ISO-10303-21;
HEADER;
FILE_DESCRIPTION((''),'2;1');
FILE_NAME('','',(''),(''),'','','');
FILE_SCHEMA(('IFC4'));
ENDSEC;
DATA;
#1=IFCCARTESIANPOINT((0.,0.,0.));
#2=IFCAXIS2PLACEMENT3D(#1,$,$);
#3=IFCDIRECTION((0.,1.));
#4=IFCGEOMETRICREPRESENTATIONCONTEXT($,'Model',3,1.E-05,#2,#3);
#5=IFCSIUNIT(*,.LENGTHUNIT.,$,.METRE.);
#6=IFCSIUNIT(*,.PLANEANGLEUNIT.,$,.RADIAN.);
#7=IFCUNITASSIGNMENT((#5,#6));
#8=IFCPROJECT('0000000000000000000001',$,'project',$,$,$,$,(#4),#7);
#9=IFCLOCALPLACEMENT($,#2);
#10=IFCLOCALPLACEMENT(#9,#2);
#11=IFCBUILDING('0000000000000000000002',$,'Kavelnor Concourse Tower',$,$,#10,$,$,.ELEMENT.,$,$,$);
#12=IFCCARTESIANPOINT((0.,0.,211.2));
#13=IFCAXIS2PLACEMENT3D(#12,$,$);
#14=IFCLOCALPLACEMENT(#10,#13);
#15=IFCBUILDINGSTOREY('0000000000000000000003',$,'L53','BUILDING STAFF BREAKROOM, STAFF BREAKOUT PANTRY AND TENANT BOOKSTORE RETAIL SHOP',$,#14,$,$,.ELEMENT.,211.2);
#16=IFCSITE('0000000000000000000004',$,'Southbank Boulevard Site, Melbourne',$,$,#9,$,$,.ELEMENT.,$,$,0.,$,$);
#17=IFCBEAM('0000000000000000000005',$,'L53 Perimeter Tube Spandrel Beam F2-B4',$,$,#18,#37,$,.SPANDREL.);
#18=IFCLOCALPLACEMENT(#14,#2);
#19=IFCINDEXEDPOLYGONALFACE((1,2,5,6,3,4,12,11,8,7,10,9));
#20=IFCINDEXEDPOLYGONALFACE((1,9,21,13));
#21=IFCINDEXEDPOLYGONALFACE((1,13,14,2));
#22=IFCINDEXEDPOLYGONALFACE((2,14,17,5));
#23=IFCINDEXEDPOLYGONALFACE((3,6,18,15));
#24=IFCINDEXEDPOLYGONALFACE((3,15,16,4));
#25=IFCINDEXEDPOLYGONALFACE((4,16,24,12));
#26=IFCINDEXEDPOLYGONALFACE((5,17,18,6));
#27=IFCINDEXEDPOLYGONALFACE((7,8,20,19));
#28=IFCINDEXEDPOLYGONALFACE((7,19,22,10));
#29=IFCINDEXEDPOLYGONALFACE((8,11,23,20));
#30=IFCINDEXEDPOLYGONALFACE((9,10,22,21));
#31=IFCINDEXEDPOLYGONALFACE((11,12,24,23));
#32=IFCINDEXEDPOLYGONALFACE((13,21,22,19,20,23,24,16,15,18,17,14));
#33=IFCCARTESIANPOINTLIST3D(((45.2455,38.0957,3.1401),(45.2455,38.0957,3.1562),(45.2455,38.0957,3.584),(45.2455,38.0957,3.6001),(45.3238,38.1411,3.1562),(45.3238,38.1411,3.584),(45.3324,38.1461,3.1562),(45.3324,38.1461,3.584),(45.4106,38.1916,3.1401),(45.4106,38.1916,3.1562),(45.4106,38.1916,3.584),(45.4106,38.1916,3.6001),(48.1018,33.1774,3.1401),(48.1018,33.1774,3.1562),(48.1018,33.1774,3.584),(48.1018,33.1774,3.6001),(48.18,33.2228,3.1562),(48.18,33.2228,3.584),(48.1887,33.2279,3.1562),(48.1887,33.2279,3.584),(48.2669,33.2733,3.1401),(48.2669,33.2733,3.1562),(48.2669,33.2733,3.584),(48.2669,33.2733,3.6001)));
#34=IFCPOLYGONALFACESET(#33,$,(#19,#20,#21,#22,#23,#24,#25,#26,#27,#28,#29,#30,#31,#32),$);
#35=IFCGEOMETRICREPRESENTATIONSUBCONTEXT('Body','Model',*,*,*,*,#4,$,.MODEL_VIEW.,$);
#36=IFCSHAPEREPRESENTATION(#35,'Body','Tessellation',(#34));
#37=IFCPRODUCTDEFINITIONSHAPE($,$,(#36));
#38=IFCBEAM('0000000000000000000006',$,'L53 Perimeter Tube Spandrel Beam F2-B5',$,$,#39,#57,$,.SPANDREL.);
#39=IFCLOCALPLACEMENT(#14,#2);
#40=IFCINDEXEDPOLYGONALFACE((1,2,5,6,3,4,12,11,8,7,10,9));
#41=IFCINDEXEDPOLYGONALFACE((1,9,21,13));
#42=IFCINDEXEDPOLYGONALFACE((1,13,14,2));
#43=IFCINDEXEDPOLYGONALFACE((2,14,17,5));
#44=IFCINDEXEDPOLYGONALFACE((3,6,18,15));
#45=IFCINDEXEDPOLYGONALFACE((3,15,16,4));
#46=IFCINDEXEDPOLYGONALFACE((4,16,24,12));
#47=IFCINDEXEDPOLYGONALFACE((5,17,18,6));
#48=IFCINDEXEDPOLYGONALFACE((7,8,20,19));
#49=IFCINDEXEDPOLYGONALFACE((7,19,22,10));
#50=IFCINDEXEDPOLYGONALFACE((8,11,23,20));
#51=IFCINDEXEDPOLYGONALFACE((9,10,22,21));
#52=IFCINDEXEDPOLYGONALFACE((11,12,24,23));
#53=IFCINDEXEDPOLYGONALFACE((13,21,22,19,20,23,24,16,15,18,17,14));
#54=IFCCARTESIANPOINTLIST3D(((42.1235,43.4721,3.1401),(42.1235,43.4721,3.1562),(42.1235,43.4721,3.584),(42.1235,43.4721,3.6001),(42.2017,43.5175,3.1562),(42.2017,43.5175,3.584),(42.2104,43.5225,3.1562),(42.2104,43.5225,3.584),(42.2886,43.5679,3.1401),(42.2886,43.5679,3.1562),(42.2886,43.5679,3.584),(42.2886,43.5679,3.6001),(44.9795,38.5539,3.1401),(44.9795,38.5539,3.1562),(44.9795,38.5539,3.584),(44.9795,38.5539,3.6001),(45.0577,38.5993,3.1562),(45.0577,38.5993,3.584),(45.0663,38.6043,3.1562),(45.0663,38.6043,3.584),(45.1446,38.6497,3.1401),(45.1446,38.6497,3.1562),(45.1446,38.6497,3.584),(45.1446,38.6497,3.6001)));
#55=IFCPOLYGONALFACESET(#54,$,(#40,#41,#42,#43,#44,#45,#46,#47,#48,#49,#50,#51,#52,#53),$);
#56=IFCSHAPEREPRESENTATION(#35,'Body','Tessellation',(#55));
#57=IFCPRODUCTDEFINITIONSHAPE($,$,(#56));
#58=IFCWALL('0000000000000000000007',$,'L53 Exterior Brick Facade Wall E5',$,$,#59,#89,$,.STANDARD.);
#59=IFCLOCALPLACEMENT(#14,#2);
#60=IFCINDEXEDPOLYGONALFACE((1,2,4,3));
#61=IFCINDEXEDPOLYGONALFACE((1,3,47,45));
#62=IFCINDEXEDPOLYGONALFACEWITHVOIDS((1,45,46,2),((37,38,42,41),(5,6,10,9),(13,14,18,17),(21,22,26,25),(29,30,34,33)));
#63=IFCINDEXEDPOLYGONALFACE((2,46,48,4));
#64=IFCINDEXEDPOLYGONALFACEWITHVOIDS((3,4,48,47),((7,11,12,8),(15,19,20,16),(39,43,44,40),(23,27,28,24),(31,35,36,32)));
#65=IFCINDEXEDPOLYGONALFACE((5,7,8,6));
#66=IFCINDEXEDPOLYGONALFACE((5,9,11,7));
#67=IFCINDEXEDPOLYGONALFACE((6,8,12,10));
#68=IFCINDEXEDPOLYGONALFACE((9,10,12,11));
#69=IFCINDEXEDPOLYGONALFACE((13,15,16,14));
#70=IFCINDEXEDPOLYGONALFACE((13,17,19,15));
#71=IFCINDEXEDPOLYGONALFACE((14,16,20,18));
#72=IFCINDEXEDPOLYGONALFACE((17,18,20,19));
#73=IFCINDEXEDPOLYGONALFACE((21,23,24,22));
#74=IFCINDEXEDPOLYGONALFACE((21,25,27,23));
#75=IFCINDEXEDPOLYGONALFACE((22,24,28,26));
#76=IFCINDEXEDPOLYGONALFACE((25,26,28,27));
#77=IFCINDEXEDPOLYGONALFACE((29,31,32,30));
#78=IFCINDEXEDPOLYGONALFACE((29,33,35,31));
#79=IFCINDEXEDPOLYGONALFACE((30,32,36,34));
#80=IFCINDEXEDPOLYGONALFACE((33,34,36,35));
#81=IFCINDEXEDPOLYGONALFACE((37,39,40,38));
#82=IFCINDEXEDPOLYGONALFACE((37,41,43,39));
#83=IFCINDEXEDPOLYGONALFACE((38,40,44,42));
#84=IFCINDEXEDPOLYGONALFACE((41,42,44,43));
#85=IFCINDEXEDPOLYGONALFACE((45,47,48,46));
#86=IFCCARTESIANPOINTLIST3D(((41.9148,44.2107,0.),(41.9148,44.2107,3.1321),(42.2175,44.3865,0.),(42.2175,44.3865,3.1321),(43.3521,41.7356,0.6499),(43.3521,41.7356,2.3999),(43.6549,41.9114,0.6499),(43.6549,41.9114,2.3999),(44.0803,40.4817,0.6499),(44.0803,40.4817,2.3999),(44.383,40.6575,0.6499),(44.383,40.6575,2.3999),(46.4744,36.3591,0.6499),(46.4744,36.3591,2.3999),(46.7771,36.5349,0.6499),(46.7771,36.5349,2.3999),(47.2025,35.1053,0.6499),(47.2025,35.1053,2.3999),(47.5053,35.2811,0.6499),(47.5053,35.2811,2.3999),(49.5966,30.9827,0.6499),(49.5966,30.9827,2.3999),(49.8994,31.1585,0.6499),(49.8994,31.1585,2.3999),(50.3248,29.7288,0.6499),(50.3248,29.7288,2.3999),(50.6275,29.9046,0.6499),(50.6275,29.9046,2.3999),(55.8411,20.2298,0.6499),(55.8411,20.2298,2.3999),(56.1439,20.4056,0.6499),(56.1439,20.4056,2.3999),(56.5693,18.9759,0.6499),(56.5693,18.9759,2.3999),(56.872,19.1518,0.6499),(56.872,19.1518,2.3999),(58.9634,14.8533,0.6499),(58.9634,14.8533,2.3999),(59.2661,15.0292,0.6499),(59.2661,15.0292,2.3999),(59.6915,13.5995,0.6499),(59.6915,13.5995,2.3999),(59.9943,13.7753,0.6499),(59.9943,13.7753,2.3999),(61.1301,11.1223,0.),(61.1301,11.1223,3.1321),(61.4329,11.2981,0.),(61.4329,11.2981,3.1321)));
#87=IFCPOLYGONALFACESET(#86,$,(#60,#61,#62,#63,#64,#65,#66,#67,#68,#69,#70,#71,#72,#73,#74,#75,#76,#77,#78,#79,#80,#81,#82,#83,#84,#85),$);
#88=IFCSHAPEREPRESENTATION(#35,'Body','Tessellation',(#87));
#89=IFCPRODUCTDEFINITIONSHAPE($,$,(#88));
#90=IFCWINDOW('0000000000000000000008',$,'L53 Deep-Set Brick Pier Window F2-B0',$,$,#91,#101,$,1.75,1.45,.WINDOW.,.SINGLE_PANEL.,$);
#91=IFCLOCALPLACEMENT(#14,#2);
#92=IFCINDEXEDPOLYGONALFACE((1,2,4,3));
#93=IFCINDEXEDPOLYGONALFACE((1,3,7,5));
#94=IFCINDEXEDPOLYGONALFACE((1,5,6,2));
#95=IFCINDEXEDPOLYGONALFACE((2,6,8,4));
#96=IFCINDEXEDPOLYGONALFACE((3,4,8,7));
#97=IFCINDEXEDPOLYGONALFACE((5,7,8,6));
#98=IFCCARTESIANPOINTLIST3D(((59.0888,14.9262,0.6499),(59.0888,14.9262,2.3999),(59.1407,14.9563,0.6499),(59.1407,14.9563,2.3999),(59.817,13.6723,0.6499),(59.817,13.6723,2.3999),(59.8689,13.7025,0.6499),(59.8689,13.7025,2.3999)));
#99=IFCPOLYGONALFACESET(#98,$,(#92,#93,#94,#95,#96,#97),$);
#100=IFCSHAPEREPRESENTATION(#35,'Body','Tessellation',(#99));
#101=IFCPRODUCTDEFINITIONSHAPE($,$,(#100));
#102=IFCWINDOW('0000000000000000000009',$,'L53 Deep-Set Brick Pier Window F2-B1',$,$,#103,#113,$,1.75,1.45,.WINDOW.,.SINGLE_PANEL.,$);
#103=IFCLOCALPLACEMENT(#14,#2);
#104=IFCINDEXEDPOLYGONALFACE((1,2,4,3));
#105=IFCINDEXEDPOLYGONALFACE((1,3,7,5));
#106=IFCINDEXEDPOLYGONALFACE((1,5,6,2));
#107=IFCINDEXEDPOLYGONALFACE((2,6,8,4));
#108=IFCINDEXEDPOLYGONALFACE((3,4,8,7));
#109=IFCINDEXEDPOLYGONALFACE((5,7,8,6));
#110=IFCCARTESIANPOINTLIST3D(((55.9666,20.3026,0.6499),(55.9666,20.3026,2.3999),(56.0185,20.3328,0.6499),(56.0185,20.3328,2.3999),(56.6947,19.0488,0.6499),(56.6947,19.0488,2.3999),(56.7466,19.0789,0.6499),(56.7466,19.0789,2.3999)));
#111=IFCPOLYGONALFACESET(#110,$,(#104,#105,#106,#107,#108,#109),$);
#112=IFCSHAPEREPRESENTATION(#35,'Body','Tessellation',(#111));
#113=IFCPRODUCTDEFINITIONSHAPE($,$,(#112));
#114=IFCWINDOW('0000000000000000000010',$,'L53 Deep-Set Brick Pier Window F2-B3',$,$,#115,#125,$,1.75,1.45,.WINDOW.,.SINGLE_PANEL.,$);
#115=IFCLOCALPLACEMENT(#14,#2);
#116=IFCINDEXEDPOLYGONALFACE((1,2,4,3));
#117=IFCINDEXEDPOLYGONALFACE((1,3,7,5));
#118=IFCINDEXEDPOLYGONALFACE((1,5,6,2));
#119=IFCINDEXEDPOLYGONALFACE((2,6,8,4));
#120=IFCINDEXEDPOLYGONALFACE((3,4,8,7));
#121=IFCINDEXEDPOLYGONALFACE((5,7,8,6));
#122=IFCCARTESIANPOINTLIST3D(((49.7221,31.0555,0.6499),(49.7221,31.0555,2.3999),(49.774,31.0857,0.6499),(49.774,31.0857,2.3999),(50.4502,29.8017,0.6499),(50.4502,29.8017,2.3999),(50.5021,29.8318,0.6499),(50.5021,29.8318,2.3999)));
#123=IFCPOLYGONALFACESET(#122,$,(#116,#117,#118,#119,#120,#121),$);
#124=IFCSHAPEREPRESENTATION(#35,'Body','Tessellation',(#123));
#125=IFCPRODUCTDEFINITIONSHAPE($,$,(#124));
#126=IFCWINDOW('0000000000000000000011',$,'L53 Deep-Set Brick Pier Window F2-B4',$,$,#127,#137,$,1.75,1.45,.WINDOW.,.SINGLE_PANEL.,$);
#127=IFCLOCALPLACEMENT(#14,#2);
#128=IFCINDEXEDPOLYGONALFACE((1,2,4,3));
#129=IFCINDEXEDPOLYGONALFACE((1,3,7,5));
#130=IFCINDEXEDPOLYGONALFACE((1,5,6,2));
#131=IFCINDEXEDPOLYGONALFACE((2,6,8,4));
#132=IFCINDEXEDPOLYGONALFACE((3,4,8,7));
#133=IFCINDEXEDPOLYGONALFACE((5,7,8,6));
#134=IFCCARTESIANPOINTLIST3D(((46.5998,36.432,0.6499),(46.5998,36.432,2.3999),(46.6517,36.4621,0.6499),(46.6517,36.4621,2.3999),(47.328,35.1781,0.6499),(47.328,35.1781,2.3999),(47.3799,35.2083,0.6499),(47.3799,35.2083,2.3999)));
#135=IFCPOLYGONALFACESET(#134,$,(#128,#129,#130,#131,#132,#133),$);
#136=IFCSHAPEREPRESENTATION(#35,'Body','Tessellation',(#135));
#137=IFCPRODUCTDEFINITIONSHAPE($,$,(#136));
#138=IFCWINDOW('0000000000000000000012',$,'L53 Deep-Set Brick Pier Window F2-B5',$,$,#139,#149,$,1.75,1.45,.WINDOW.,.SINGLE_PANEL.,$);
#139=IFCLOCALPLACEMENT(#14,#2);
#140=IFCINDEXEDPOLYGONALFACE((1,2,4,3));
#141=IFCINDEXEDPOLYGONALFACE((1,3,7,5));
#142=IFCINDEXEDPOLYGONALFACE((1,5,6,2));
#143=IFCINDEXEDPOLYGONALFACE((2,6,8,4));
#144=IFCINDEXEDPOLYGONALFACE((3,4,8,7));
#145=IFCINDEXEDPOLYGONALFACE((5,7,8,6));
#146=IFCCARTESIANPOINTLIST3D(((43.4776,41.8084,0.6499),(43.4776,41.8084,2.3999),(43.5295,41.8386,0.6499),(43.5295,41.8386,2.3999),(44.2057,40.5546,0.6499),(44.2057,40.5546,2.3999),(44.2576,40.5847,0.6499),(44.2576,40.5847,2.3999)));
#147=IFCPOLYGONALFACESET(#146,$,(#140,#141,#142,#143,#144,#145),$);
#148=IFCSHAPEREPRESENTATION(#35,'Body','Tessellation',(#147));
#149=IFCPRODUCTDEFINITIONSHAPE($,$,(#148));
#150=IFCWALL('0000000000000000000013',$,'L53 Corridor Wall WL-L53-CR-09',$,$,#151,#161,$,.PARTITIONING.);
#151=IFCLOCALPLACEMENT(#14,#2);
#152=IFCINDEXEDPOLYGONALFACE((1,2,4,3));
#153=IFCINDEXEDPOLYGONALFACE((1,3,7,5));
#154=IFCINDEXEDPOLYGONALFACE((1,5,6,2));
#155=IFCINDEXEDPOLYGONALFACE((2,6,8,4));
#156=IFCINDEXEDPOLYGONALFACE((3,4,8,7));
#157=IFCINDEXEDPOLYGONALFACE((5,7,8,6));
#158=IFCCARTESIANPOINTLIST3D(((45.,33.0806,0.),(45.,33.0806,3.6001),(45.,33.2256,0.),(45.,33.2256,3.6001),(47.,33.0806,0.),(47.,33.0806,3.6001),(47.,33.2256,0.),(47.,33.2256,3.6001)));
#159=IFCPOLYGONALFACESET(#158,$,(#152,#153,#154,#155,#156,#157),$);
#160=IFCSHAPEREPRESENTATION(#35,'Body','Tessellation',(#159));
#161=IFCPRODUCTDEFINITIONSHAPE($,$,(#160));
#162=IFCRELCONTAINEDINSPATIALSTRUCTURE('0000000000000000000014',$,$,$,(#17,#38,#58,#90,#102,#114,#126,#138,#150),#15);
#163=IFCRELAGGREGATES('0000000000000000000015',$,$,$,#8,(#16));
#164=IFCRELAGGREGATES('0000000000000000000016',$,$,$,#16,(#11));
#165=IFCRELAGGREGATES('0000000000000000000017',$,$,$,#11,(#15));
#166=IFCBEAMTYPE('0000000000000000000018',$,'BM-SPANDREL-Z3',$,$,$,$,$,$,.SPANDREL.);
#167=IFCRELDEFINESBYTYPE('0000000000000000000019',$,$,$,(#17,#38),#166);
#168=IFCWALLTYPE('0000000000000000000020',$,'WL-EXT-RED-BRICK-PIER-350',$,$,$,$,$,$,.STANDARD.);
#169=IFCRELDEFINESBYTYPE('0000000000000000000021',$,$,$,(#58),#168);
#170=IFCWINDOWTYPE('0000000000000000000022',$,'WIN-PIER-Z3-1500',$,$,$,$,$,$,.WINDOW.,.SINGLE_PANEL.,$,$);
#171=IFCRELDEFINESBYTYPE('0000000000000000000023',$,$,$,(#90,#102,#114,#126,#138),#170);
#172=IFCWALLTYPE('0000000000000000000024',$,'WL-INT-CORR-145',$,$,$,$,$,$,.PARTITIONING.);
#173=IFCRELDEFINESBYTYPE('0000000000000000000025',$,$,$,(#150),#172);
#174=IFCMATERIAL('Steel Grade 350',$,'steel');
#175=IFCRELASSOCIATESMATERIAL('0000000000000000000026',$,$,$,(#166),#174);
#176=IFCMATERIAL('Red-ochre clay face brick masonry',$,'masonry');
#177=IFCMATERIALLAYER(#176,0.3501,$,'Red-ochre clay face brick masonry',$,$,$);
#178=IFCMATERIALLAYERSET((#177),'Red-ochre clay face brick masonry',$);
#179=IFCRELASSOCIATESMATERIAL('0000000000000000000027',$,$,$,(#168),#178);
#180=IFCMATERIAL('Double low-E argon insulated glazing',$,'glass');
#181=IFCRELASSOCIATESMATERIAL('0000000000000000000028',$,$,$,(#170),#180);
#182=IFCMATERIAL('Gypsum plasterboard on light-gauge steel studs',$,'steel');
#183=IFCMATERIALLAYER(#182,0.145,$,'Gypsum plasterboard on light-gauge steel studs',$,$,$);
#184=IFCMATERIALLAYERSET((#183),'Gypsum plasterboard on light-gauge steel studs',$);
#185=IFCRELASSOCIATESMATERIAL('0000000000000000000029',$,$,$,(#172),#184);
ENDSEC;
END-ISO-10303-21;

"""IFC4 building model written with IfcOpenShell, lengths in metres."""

from ifc_helpers import new_model, si_unit, direction, frame, frame_2d, origin, origin_2d, place, context, subcontext, project, spatial, rectangle, i_section, extrude, material, layer, layer_set, material_profile, profile_set, type_object, element, fill, save


model = new_model("IFC4")

# Units and contexts
model_context = context("Model", 3, precision=1e-05, world=origin(), true_north=direction((0.0, 1.0)))
body_context = subcontext(model_context, "Body", "Model", "MODEL_VIEW")
ifc_project = project(units=[si_unit("LENGTHUNIT", "METRE"), si_unit("PLANEANGLEUNIT", "RADIAN")], contexts=[model_context])

# Site, building, storey
site_placement = place(None, origin())
site = spatial("IfcSite", under=ifc_project, at=site_placement, Name="Southbank Boulevard Site, Melbourne", CompositionType="ELEMENT", RefElevation=0.0)
building_placement = place(site_placement, origin())
building = spatial("IfcBuilding", under=site, at=building_placement, Name="Kavelnor Concourse Tower", CompositionType="ELEMENT")
storey_placement = place(building_placement, frame((0.0, 0.0, 211.2)))
storey = spatial("IfcBuildingStorey", under=building, at=storey_placement, Name="L53", Description="BUILDING STAFF BREAKROOM, STAFF BREAKOUT PANTRY AND TENANT BOOKSTORE RETAIL SHOP", CompositionType="ELEMENT", Elevation=211.2)

# Shared definitions
ifc_material_1 = material(Name="Steel Grade 350", Category="steel")

# Beams
ifc_material_profile_1 = material_profile(ifc_material_1, i_section(OverallWidth=0.1909, OverallDepth=0.46, WebThickness=0.01, FlangeThickness=0.0161, at=origin_2d()), Name="460UB82")
ifc_profile_set_1 = profile_set([ifc_material_profile_1], Name="Steel Grade 350")
beam_type_1 = type_object("IfcBeamType", Name="BM-SPANDREL-Z3", PredefinedType="SPANDREL", material=ifc_profile_set_1)
beam_1_placement = place(storey_placement, frame((48.1843, 33.2253, 3.3701), z_axis=(-0.502197, 0.864753, 0.0), x_axis=(-0.864753, -0.502197, 0.0)))
element("IfcBeam", 1, at=beam_1_placement, inside=storey, type_object=beam_type_1, Name="L53 Perimeter Tube Spandrel Beam F2-B4", PredefinedType="SPANDREL", context=body_context, shape_type="SweptSolid", body=[
    extrude(i_section(OverallWidth=0.1909, OverallDepth=0.46, WebThickness=0.01, FlangeThickness=0.0161, at=origin_2d()), origin(), (0.0, 0.0, 1.0), 5.6875),
])
beam_2_placement = place(storey_placement, frame((45.062, 38.6018, 3.3701), z_axis=(-0.502165, 0.864772, 0.0), x_axis=(-0.864772, -0.502165, 0.0)))
element("IfcBeam", 2, at=beam_2_placement, inside=storey, type_object=beam_type_1, Name="L53 Perimeter Tube Spandrel Beam F2-B5", PredefinedType="SPANDREL", context=body_context, shape_type="SweptSolid", body=[
    extrude(i_section(OverallWidth=0.1909, OverallDepth=0.46, WebThickness=0.01, FlangeThickness=0.0161, at=origin_2d()), origin(), (0.0, 0.0, 1.0), 5.6873),
])

# Wall, openings, windows
ifc_material_2 = material(Name="Red-ochre clay face brick masonry", Category="masonry")
ifc_layer_1 = layer(ifc_material_2, 0.3501, Name="Red-ochre clay face brick masonry")
ifc_layer_set_1 = layer_set([ifc_layer_1], Name="Red-ochre clay face brick masonry")
wall_type_1 = type_object("IfcWallType", Name="WL-EXT-RED-BRICK-PIER-350", PredefinedType="STANDARD", material=ifc_layer_set_1)
wall_1_placement = place(storey_placement, frame((42.0662, 44.2986, 0.0), z_axis=(0.0, 0.0, 1.0), x_axis=(0.502189, -0.864758, 0.0)))
wall_1 = element("IfcWall", 3, at=wall_1_placement, inside=storey, type_object=wall_type_1, Name="L53 Exterior Brick Facade Wall E5", PredefinedType="STANDARD", context=body_context, shape_type="SweptSolid", body=[
    extrude(rectangle(XDim=38.2632, YDim=0.3501, at=frame_2d((19.1316, 0.0))), origin(), (0.0, 0.0, 1.0), 3.1321),
])
opening_1_placement = place(wall_1_placement, frame((33.9485, 0.0, 0.6499)))
opening_1 = element("IfcOpeningElement", 4, at=opening_1_placement, cuts=wall_1, PredefinedType="OPENING", context=body_context, shape_type="SweptSolid", body=[
    extrude(rectangle(XDim=1.45, YDim=1.75, at=frame_2d((0.7251, 0.875))), frame((0.0, 0.1851, 0.0), z_axis=(0.0, -1.0, 0.0), x_axis=(1.0, 0.0, 0.0)), (0.0, 0.0, 1.0), 0.3701),
])
opening_2_placement = place(wall_1_placement, frame((27.7312, 0.0, 0.6499)))
opening_2 = element("IfcOpeningElement", 5, at=opening_2_placement, cuts=wall_1, PredefinedType="OPENING", context=body_context, shape_type="SweptSolid", body=[
    extrude(rectangle(XDim=1.45, YDim=1.75, at=frame_2d((0.7251, 0.875))), frame((0.0, 0.1851, 0.0), z_axis=(0.0, -1.0, 0.0), x_axis=(1.0, 0.0, 0.0)), (0.0, 0.0, 1.0), 0.3701),
])
opening_3_placement = place(wall_1_placement, frame((15.2966, 0.0, 0.6499)))
opening_3 = element("IfcOpeningElement", 6, at=opening_3_placement, cuts=wall_1, PredefinedType="OPENING", context=body_context, shape_type="SweptSolid", body=[
    extrude(rectangle(XDim=1.45, YDim=1.75, at=frame_2d((0.7251, 0.875))), frame((0.0, 0.1851, 0.0), z_axis=(0.0, -1.0, 0.0), x_axis=(1.0, 0.0, 0.0)), (0.0, 0.0, 1.0), 0.3701),
])
opening_4_placement = place(wall_1_placement, frame((9.0793, 0.0, 0.6499)))
opening_4 = element("IfcOpeningElement", 7, at=opening_4_placement, cuts=wall_1, PredefinedType="OPENING", context=body_context, shape_type="SweptSolid", body=[
    extrude(rectangle(XDim=1.45, YDim=1.75, at=frame_2d((0.7251, 0.875))), frame((0.0, 0.1851, 0.0), z_axis=(0.0, -1.0, 0.0), x_axis=(1.0, 0.0, 0.0)), (0.0, 0.0, 1.0), 0.3701),
])
opening_5_placement = place(wall_1_placement, frame((2.8621, 0.0, 0.6499)))
opening_5 = element("IfcOpeningElement", 8, at=opening_5_placement, cuts=wall_1, PredefinedType="OPENING", context=body_context, shape_type="SweptSolid", body=[
    extrude(rectangle(XDim=1.45, YDim=1.75, at=frame_2d((0.7251, 0.875))), frame((0.0, 0.1851, 0.0), z_axis=(0.0, -1.0, 0.0), x_axis=(1.0, 0.0, 0.0)), (0.0, 0.0, 1.0), 0.3701),
])
ifc_material_3 = material(Name="Double low-E argon insulated glazing", Category="glass")
window_type = type_object("IfcWindowType", Name="WIN-PIER-Z3-1500", PartitioningType="SINGLE_PANEL", PredefinedType="WINDOW", material=ifc_material_3)
window_1_placement = place(opening_1_placement, origin())
window_1 = element("IfcWindow", 9, at=window_1_placement, inside=storey, type_object=window_type, Name="L53 Deep-Set Brick Pier Window F2-B0", OverallHeight=1.75, OverallWidth=1.45, PartitioningType="SINGLE_PANEL", PredefinedType="WINDOW", context=body_context, shape_type="SweptSolid", body=[
    extrude(rectangle(XDim=1.45, YDim=1.75, at=frame_2d((0.7251, 0.875))), frame((0.0, 0.03, 0.0), z_axis=(0.0, -1.0, 0.0), x_axis=(1.0, 0.0, 0.0)), (0.0, 0.0, 1.0), 0.0601),
])
fill(opening_1, window_1)
window_2_placement = place(opening_2_placement, origin())
window_2 = element("IfcWindow", 10, at=window_2_placement, inside=storey, type_object=window_type, Name="L53 Deep-Set Brick Pier Window F2-B1", OverallHeight=1.75, OverallWidth=1.45, PartitioningType="SINGLE_PANEL", PredefinedType="WINDOW", context=body_context, shape_type="SweptSolid", body=[
    extrude(rectangle(XDim=1.45, YDim=1.75, at=frame_2d((0.7251, 0.875))), frame((0.0, 0.03, 0.0), z_axis=(0.0, -1.0, 0.0), x_axis=(1.0, 0.0, 0.0)), (0.0, 0.0, 1.0), 0.0601),
])
fill(opening_2, window_2)
window_3_placement = place(opening_3_placement, origin())
window_3 = element("IfcWindow", 11, at=window_3_placement, inside=storey, type_object=window_type, Name="L53 Deep-Set Brick Pier Window F2-B3", OverallHeight=1.75, OverallWidth=1.45, PartitioningType="SINGLE_PANEL", PredefinedType="WINDOW", context=body_context, shape_type="SweptSolid", body=[
    extrude(rectangle(XDim=1.45, YDim=1.75, at=frame_2d((0.7251, 0.875))), frame((0.0, 0.03, 0.0), z_axis=(0.0, -1.0, 0.0), x_axis=(1.0, 0.0, 0.0)), (0.0, 0.0, 1.0), 0.0601),
])
fill(opening_3, window_3)
window_4_placement = place(opening_4_placement, origin())
window_4 = element("IfcWindow", 12, at=window_4_placement, inside=storey, type_object=window_type, Name="L53 Deep-Set Brick Pier Window F2-B4", OverallHeight=1.75, OverallWidth=1.45, PartitioningType="SINGLE_PANEL", PredefinedType="WINDOW", context=body_context, shape_type="SweptSolid", body=[
    extrude(rectangle(XDim=1.45, YDim=1.75, at=frame_2d((0.7251, 0.875))), frame((0.0, 0.03, 0.0), z_axis=(0.0, -1.0, 0.0), x_axis=(1.0, 0.0, 0.0)), (0.0, 0.0, 1.0), 0.0601),
])
fill(opening_4, window_4)
window_5_placement = place(opening_5_placement, origin())
window_5 = element("IfcWindow", 13, at=window_5_placement, inside=storey, type_object=window_type, Name="L53 Deep-Set Brick Pier Window F2-B5", OverallHeight=1.75, OverallWidth=1.45, PartitioningType="SINGLE_PANEL", PredefinedType="WINDOW", context=body_context, shape_type="SweptSolid", body=[
    extrude(rectangle(XDim=1.45, YDim=1.75, at=frame_2d((0.7251, 0.875))), frame((0.0, 0.03, 0.0), z_axis=(0.0, -1.0, 0.0), x_axis=(1.0, 0.0, 0.0)), (0.0, 0.0, 1.0), 0.0601),
])
fill(opening_5, window_5)

# Wall
ifc_material_4 = material(Name="Gypsum plasterboard on light-gauge steel studs", Category="steel")
ifc_layer_2 = layer(ifc_material_4, 0.145, Name="Gypsum plasterboard on light-gauge steel studs")
ifc_layer_set_2 = layer_set([ifc_layer_2], Name="Gypsum plasterboard on light-gauge steel studs")
wall_type_2 = type_object("IfcWallType", Name="WL-INT-CORR-145", PredefinedType="PARTITIONING", material=ifc_layer_set_2)
wall_2_placement = place(storey_placement, frame((45.0, 33.1531, 0.0), z_axis=(0.0, 0.0, 1.0), x_axis=(1.0, 0.0, 0.0)))
element("IfcWall", 14, at=wall_2_placement, inside=storey, type_object=wall_type_2, Name="L53 Corridor Wall WL-L53-CR-09", PredefinedType="PARTITIONING", context=body_context, shape_type="SweptSolid", body=[
    extrude(rectangle(XDim=2.0, YDim=0.145, at=frame_2d((1.0, 0.0))), origin(), (0.0, 0.0, 1.0), 3.6001),
])

save(model, "model.ifc")
